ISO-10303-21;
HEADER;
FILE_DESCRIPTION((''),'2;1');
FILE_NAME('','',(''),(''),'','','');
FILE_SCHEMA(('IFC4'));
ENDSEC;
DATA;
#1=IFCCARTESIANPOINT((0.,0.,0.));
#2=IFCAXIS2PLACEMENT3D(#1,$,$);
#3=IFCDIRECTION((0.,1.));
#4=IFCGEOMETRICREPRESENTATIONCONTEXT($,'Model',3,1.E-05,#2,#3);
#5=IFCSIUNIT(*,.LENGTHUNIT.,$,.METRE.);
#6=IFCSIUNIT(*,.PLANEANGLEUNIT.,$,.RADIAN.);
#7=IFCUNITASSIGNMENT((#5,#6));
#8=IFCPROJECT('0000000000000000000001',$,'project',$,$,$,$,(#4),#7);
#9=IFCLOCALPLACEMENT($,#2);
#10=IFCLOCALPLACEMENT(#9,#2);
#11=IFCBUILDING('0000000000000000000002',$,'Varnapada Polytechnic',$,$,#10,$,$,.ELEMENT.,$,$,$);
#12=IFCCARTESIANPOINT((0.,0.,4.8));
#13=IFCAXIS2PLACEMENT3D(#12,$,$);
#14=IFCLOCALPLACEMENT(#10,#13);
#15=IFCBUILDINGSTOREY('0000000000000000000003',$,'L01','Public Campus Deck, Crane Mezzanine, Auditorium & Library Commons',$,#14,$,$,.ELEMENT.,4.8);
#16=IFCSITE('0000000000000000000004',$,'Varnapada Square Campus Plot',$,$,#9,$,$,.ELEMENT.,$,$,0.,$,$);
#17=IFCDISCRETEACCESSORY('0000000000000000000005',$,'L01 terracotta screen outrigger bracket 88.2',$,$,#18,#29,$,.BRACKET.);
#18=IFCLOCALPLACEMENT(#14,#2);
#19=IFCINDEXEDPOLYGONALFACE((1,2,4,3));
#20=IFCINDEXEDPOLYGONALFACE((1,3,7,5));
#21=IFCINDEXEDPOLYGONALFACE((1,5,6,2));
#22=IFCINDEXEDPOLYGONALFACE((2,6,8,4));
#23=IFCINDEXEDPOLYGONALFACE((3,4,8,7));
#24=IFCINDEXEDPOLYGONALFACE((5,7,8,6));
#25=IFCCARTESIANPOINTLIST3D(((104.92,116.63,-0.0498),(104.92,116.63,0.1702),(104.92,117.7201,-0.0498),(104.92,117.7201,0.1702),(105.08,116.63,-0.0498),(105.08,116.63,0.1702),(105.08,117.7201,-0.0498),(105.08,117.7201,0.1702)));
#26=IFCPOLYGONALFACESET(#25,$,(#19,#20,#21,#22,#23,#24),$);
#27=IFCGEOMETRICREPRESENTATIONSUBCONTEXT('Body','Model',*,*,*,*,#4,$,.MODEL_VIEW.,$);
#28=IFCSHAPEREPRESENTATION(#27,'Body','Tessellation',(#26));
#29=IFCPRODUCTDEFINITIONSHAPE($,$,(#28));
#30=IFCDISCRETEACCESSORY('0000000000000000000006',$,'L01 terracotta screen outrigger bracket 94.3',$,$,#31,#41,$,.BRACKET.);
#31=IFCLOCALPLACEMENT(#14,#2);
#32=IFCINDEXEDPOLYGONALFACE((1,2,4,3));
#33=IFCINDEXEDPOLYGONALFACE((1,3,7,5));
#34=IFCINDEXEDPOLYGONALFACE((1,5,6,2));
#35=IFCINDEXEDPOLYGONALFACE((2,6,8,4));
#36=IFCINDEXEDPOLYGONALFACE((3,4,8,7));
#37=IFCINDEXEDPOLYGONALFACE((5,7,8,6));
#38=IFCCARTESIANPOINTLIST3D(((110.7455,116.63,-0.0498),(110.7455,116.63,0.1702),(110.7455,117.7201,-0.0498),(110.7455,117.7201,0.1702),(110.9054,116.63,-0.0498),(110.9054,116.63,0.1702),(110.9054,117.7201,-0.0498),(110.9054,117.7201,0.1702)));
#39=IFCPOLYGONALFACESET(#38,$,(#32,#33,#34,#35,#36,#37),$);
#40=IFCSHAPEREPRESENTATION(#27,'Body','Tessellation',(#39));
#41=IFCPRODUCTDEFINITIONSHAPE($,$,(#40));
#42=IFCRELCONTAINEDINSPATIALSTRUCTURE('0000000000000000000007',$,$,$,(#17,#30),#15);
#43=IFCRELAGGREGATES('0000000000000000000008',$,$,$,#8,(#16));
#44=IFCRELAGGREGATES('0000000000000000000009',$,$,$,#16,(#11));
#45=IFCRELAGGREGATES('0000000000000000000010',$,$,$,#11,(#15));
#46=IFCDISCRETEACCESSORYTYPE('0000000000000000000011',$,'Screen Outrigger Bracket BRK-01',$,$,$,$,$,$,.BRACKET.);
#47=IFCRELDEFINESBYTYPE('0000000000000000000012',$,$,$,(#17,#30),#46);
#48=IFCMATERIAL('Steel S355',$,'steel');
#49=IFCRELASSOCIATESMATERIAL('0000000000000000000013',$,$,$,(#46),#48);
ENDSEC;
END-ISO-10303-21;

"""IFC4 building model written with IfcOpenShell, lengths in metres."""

from ifc_helpers import new_model, si_unit, direction, frame, origin, origin_2d, place, context, subcontext, project, spatial, rectangle, extrude, material, type_object, element, save


model = new_model("IFC4")

# Units and contexts
model_context = context("Model", 3, precision=1e-05, world=origin(), true_north=direction((0.0, 1.0)))
body_context = subcontext(model_context, "Body", "Model", "MODEL_VIEW")
ifc_project = project(units=[si_unit("LENGTHUNIT", "METRE"), si_unit("PLANEANGLEUNIT", "RADIAN")], contexts=[model_context])

# Site, building, storey
site_placement = place(None, origin())
site = spatial("IfcSite", under=ifc_project, at=site_placement, Name="Varnapada Square Campus Plot", CompositionType="ELEMENT", RefElevation=0.0)
building_placement = place(site_placement, origin())
building = spatial("IfcBuilding", under=site, at=building_placement, Name="Varnapada Polytechnic", CompositionType="ELEMENT")
storey_placement = place(building_placement, frame((0.0, 0.0, 4.8)))
storey = spatial("IfcBuildingStorey", under=building, at=storey_placement, Name="L01", Description="Public Campus Deck, Crane Mezzanine, Auditorium & Library Commons", CompositionType="ELEMENT", Elevation=4.8)

# Discrete accessories
ifc_material_1 = material(Name="Steel S355", Category="steel")
discrete_accessory_type = type_object("IfcDiscreteAccessoryType", Name="Screen Outrigger Bracket BRK-01", PredefinedType="BRACKET", material=ifc_material_1)
for number, where, z_axis, x_axis, name in (
    (1, (105.0, 117.175, -0.0498), (0.0, 0.0, 1.0), (-1.0, 0.0, 0.0), "L01 terracotta screen outrigger bracket 88.2"),
    (2, (110.8254, 117.175, -0.0498), (0.0, 0.0, 1.0), (-1.0, 0.0, 0.0), "L01 terracotta screen outrigger bracket 94.3"),
):
    element("IfcDiscreteAccessory", number, at=place(storey_placement, frame(where, z_axis=z_axis, x_axis=x_axis)), inside=storey, type_object=discrete_accessory_type, Name=name, PredefinedType="BRACKET", context=body_context, shape_type="SweptSolid", body=[
        extrude(rectangle(XDim=0.1599, YDim=1.0901, at=origin_2d()), origin(), (0.0, 0.0, 1.0), 0.22),
    ])

save(model, "model.ifc")
